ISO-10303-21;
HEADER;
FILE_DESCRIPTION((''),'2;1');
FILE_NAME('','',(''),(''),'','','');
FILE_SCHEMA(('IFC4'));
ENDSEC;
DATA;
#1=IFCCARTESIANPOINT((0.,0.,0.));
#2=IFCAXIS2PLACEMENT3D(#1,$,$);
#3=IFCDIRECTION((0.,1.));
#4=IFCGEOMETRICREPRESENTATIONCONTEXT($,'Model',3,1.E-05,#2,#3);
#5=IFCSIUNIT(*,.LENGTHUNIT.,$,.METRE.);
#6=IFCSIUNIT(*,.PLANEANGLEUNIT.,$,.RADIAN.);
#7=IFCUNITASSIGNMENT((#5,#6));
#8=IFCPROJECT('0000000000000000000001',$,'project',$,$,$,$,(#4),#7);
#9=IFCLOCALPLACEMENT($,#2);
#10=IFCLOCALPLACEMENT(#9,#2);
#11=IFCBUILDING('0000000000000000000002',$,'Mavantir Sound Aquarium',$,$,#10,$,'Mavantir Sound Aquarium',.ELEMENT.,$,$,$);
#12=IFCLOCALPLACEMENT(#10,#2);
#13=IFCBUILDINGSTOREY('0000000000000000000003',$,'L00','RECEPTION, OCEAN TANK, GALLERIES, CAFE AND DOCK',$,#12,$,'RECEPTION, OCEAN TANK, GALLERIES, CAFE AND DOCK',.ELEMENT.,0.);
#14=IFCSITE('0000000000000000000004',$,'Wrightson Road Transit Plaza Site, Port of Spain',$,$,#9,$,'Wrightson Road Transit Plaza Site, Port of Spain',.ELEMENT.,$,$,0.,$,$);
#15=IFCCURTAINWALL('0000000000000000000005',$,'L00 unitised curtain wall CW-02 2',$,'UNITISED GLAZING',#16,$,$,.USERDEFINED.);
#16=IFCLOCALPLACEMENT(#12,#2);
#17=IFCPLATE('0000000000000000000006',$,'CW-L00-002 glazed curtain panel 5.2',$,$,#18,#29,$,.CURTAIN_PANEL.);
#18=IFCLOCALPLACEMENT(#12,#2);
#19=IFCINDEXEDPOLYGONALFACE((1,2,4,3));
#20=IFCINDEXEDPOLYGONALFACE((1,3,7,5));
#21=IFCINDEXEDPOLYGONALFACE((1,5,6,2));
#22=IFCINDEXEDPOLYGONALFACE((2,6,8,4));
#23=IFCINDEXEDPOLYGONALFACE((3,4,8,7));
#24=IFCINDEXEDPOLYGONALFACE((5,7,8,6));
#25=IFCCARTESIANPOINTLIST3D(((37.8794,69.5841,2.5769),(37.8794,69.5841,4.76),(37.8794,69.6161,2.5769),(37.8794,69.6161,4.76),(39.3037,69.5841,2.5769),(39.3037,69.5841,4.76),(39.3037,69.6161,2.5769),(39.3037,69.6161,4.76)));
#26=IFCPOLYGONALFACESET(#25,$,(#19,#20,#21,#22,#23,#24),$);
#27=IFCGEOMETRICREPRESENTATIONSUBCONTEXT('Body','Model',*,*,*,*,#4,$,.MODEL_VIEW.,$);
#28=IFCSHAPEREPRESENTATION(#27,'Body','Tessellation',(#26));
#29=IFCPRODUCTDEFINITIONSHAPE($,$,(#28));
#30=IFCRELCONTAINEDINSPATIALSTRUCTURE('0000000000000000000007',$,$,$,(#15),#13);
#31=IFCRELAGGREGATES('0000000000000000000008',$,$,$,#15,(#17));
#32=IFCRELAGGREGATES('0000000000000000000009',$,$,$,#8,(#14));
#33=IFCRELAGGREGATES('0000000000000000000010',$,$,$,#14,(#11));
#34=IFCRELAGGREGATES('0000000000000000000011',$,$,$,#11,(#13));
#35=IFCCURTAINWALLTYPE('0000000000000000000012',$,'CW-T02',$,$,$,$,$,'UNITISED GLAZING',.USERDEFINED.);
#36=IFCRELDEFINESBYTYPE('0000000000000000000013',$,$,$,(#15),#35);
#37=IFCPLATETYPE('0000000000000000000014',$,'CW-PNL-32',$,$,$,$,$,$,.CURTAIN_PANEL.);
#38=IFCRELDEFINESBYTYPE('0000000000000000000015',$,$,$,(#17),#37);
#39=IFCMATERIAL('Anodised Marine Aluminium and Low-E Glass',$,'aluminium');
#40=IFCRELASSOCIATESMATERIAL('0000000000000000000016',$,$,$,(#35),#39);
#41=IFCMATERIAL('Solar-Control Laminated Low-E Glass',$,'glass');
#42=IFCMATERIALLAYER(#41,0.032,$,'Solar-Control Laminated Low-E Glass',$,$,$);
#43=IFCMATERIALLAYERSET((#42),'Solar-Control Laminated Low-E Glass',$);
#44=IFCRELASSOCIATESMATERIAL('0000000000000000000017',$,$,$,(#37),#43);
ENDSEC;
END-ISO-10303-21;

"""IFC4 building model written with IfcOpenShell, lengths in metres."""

from ifc_helpers import new_model, si_unit, direction, frame, origin, origin_2d, place, context, subcontext, project, spatial, rectangle, extrude, material, layer, layer_set, type_object, element, aggregate, save


model = new_model("IFC4")

# Units and contexts
model_context = context("Model", 3, precision=1e-05, world=origin(), true_north=direction((0.0, 1.0)))
body_context = subcontext(model_context, "Body", "Model", "MODEL_VIEW")
ifc_project = project(units=[si_unit("LENGTHUNIT", "METRE"), si_unit("PLANEANGLEUNIT", "RADIAN")], contexts=[model_context])

# Site, building, storey
site_placement = place(None, origin())
site = spatial("IfcSite", under=ifc_project, at=site_placement, Name="Wrightson Road Transit Plaza Site, Port of Spain", LongName="Wrightson Road Transit Plaza Site, Port of Spain", CompositionType="ELEMENT", RefElevation=0.0)
building_placement = place(site_placement, origin())
building = spatial("IfcBuilding", under=site, at=building_placement, Name="Mavantir Sound Aquarium", LongName="Mavantir Sound Aquarium", CompositionType="ELEMENT")
storey_placement = place(building_placement, origin())
storey = spatial("IfcBuildingStorey", under=building, at=storey_placement, Name="L00", Description="RECEPTION, OCEAN TANK, GALLERIES, CAFE AND DOCK", LongName="RECEPTION, OCEAN TANK, GALLERIES, CAFE AND DOCK", CompositionType="ELEMENT", Elevation=0.0)

# Curtain wall
ifc_material_1 = material(Name="Anodised Marine Aluminium and Low-E Glass", Category="aluminium")
curtain_wall_type_1 = type_object("IfcCurtainWallType", Name="CW-T02", ElementType="UNITISED GLAZING", PredefinedType="USERDEFINED", material=ifc_material_1)
curtain_wall_1_placement = place(storey_placement, origin())
curtain_wall_1 = element("IfcCurtainWall", 1, at=curtain_wall_1_placement, inside=storey, type_object=curtain_wall_type_1, Name="L00 unitised curtain wall CW-02 2", ObjectType="UNITISED GLAZING", PredefinedType="USERDEFINED")

# Shared definitions
ifc_material_2 = material(Name="Solar-Control Laminated Low-E Glass", Category="glass")

# Plate
ifc_layer_1 = layer(ifc_material_2, 0.032, Name="Solar-Control Laminated Low-E Glass")
ifc_layer_set_1 = layer_set([ifc_layer_1], Name="Solar-Control Laminated Low-E Glass")
plate_type_1 = type_object("IfcPlateType", Name="CW-PNL-32", PredefinedType="CURTAIN_PANEL", material=ifc_layer_set_1)
plate_1_placement = place(storey_placement, frame((38.5916, 69.6001, 2.5769), z_axis=(0.0, 0.0, 1.0), x_axis=(-1.0, 0.0, 0.0)))
plate_1 = element("IfcPlate", 2, at=plate_1_placement, type_object=plate_type_1, Name="CW-L00-002 glazed curtain panel 5.2", PredefinedType="CURTAIN_PANEL", context=body_context, shape_type="SweptSolid", body=[
    extrude(rectangle(XDim=1.4243, YDim=0.032, at=origin_2d()), origin(), (0.0, 0.0, 1.0), 2.1831),
])
aggregate(curtain_wall_1, [plate_1])

save(model, "model.ifc")
